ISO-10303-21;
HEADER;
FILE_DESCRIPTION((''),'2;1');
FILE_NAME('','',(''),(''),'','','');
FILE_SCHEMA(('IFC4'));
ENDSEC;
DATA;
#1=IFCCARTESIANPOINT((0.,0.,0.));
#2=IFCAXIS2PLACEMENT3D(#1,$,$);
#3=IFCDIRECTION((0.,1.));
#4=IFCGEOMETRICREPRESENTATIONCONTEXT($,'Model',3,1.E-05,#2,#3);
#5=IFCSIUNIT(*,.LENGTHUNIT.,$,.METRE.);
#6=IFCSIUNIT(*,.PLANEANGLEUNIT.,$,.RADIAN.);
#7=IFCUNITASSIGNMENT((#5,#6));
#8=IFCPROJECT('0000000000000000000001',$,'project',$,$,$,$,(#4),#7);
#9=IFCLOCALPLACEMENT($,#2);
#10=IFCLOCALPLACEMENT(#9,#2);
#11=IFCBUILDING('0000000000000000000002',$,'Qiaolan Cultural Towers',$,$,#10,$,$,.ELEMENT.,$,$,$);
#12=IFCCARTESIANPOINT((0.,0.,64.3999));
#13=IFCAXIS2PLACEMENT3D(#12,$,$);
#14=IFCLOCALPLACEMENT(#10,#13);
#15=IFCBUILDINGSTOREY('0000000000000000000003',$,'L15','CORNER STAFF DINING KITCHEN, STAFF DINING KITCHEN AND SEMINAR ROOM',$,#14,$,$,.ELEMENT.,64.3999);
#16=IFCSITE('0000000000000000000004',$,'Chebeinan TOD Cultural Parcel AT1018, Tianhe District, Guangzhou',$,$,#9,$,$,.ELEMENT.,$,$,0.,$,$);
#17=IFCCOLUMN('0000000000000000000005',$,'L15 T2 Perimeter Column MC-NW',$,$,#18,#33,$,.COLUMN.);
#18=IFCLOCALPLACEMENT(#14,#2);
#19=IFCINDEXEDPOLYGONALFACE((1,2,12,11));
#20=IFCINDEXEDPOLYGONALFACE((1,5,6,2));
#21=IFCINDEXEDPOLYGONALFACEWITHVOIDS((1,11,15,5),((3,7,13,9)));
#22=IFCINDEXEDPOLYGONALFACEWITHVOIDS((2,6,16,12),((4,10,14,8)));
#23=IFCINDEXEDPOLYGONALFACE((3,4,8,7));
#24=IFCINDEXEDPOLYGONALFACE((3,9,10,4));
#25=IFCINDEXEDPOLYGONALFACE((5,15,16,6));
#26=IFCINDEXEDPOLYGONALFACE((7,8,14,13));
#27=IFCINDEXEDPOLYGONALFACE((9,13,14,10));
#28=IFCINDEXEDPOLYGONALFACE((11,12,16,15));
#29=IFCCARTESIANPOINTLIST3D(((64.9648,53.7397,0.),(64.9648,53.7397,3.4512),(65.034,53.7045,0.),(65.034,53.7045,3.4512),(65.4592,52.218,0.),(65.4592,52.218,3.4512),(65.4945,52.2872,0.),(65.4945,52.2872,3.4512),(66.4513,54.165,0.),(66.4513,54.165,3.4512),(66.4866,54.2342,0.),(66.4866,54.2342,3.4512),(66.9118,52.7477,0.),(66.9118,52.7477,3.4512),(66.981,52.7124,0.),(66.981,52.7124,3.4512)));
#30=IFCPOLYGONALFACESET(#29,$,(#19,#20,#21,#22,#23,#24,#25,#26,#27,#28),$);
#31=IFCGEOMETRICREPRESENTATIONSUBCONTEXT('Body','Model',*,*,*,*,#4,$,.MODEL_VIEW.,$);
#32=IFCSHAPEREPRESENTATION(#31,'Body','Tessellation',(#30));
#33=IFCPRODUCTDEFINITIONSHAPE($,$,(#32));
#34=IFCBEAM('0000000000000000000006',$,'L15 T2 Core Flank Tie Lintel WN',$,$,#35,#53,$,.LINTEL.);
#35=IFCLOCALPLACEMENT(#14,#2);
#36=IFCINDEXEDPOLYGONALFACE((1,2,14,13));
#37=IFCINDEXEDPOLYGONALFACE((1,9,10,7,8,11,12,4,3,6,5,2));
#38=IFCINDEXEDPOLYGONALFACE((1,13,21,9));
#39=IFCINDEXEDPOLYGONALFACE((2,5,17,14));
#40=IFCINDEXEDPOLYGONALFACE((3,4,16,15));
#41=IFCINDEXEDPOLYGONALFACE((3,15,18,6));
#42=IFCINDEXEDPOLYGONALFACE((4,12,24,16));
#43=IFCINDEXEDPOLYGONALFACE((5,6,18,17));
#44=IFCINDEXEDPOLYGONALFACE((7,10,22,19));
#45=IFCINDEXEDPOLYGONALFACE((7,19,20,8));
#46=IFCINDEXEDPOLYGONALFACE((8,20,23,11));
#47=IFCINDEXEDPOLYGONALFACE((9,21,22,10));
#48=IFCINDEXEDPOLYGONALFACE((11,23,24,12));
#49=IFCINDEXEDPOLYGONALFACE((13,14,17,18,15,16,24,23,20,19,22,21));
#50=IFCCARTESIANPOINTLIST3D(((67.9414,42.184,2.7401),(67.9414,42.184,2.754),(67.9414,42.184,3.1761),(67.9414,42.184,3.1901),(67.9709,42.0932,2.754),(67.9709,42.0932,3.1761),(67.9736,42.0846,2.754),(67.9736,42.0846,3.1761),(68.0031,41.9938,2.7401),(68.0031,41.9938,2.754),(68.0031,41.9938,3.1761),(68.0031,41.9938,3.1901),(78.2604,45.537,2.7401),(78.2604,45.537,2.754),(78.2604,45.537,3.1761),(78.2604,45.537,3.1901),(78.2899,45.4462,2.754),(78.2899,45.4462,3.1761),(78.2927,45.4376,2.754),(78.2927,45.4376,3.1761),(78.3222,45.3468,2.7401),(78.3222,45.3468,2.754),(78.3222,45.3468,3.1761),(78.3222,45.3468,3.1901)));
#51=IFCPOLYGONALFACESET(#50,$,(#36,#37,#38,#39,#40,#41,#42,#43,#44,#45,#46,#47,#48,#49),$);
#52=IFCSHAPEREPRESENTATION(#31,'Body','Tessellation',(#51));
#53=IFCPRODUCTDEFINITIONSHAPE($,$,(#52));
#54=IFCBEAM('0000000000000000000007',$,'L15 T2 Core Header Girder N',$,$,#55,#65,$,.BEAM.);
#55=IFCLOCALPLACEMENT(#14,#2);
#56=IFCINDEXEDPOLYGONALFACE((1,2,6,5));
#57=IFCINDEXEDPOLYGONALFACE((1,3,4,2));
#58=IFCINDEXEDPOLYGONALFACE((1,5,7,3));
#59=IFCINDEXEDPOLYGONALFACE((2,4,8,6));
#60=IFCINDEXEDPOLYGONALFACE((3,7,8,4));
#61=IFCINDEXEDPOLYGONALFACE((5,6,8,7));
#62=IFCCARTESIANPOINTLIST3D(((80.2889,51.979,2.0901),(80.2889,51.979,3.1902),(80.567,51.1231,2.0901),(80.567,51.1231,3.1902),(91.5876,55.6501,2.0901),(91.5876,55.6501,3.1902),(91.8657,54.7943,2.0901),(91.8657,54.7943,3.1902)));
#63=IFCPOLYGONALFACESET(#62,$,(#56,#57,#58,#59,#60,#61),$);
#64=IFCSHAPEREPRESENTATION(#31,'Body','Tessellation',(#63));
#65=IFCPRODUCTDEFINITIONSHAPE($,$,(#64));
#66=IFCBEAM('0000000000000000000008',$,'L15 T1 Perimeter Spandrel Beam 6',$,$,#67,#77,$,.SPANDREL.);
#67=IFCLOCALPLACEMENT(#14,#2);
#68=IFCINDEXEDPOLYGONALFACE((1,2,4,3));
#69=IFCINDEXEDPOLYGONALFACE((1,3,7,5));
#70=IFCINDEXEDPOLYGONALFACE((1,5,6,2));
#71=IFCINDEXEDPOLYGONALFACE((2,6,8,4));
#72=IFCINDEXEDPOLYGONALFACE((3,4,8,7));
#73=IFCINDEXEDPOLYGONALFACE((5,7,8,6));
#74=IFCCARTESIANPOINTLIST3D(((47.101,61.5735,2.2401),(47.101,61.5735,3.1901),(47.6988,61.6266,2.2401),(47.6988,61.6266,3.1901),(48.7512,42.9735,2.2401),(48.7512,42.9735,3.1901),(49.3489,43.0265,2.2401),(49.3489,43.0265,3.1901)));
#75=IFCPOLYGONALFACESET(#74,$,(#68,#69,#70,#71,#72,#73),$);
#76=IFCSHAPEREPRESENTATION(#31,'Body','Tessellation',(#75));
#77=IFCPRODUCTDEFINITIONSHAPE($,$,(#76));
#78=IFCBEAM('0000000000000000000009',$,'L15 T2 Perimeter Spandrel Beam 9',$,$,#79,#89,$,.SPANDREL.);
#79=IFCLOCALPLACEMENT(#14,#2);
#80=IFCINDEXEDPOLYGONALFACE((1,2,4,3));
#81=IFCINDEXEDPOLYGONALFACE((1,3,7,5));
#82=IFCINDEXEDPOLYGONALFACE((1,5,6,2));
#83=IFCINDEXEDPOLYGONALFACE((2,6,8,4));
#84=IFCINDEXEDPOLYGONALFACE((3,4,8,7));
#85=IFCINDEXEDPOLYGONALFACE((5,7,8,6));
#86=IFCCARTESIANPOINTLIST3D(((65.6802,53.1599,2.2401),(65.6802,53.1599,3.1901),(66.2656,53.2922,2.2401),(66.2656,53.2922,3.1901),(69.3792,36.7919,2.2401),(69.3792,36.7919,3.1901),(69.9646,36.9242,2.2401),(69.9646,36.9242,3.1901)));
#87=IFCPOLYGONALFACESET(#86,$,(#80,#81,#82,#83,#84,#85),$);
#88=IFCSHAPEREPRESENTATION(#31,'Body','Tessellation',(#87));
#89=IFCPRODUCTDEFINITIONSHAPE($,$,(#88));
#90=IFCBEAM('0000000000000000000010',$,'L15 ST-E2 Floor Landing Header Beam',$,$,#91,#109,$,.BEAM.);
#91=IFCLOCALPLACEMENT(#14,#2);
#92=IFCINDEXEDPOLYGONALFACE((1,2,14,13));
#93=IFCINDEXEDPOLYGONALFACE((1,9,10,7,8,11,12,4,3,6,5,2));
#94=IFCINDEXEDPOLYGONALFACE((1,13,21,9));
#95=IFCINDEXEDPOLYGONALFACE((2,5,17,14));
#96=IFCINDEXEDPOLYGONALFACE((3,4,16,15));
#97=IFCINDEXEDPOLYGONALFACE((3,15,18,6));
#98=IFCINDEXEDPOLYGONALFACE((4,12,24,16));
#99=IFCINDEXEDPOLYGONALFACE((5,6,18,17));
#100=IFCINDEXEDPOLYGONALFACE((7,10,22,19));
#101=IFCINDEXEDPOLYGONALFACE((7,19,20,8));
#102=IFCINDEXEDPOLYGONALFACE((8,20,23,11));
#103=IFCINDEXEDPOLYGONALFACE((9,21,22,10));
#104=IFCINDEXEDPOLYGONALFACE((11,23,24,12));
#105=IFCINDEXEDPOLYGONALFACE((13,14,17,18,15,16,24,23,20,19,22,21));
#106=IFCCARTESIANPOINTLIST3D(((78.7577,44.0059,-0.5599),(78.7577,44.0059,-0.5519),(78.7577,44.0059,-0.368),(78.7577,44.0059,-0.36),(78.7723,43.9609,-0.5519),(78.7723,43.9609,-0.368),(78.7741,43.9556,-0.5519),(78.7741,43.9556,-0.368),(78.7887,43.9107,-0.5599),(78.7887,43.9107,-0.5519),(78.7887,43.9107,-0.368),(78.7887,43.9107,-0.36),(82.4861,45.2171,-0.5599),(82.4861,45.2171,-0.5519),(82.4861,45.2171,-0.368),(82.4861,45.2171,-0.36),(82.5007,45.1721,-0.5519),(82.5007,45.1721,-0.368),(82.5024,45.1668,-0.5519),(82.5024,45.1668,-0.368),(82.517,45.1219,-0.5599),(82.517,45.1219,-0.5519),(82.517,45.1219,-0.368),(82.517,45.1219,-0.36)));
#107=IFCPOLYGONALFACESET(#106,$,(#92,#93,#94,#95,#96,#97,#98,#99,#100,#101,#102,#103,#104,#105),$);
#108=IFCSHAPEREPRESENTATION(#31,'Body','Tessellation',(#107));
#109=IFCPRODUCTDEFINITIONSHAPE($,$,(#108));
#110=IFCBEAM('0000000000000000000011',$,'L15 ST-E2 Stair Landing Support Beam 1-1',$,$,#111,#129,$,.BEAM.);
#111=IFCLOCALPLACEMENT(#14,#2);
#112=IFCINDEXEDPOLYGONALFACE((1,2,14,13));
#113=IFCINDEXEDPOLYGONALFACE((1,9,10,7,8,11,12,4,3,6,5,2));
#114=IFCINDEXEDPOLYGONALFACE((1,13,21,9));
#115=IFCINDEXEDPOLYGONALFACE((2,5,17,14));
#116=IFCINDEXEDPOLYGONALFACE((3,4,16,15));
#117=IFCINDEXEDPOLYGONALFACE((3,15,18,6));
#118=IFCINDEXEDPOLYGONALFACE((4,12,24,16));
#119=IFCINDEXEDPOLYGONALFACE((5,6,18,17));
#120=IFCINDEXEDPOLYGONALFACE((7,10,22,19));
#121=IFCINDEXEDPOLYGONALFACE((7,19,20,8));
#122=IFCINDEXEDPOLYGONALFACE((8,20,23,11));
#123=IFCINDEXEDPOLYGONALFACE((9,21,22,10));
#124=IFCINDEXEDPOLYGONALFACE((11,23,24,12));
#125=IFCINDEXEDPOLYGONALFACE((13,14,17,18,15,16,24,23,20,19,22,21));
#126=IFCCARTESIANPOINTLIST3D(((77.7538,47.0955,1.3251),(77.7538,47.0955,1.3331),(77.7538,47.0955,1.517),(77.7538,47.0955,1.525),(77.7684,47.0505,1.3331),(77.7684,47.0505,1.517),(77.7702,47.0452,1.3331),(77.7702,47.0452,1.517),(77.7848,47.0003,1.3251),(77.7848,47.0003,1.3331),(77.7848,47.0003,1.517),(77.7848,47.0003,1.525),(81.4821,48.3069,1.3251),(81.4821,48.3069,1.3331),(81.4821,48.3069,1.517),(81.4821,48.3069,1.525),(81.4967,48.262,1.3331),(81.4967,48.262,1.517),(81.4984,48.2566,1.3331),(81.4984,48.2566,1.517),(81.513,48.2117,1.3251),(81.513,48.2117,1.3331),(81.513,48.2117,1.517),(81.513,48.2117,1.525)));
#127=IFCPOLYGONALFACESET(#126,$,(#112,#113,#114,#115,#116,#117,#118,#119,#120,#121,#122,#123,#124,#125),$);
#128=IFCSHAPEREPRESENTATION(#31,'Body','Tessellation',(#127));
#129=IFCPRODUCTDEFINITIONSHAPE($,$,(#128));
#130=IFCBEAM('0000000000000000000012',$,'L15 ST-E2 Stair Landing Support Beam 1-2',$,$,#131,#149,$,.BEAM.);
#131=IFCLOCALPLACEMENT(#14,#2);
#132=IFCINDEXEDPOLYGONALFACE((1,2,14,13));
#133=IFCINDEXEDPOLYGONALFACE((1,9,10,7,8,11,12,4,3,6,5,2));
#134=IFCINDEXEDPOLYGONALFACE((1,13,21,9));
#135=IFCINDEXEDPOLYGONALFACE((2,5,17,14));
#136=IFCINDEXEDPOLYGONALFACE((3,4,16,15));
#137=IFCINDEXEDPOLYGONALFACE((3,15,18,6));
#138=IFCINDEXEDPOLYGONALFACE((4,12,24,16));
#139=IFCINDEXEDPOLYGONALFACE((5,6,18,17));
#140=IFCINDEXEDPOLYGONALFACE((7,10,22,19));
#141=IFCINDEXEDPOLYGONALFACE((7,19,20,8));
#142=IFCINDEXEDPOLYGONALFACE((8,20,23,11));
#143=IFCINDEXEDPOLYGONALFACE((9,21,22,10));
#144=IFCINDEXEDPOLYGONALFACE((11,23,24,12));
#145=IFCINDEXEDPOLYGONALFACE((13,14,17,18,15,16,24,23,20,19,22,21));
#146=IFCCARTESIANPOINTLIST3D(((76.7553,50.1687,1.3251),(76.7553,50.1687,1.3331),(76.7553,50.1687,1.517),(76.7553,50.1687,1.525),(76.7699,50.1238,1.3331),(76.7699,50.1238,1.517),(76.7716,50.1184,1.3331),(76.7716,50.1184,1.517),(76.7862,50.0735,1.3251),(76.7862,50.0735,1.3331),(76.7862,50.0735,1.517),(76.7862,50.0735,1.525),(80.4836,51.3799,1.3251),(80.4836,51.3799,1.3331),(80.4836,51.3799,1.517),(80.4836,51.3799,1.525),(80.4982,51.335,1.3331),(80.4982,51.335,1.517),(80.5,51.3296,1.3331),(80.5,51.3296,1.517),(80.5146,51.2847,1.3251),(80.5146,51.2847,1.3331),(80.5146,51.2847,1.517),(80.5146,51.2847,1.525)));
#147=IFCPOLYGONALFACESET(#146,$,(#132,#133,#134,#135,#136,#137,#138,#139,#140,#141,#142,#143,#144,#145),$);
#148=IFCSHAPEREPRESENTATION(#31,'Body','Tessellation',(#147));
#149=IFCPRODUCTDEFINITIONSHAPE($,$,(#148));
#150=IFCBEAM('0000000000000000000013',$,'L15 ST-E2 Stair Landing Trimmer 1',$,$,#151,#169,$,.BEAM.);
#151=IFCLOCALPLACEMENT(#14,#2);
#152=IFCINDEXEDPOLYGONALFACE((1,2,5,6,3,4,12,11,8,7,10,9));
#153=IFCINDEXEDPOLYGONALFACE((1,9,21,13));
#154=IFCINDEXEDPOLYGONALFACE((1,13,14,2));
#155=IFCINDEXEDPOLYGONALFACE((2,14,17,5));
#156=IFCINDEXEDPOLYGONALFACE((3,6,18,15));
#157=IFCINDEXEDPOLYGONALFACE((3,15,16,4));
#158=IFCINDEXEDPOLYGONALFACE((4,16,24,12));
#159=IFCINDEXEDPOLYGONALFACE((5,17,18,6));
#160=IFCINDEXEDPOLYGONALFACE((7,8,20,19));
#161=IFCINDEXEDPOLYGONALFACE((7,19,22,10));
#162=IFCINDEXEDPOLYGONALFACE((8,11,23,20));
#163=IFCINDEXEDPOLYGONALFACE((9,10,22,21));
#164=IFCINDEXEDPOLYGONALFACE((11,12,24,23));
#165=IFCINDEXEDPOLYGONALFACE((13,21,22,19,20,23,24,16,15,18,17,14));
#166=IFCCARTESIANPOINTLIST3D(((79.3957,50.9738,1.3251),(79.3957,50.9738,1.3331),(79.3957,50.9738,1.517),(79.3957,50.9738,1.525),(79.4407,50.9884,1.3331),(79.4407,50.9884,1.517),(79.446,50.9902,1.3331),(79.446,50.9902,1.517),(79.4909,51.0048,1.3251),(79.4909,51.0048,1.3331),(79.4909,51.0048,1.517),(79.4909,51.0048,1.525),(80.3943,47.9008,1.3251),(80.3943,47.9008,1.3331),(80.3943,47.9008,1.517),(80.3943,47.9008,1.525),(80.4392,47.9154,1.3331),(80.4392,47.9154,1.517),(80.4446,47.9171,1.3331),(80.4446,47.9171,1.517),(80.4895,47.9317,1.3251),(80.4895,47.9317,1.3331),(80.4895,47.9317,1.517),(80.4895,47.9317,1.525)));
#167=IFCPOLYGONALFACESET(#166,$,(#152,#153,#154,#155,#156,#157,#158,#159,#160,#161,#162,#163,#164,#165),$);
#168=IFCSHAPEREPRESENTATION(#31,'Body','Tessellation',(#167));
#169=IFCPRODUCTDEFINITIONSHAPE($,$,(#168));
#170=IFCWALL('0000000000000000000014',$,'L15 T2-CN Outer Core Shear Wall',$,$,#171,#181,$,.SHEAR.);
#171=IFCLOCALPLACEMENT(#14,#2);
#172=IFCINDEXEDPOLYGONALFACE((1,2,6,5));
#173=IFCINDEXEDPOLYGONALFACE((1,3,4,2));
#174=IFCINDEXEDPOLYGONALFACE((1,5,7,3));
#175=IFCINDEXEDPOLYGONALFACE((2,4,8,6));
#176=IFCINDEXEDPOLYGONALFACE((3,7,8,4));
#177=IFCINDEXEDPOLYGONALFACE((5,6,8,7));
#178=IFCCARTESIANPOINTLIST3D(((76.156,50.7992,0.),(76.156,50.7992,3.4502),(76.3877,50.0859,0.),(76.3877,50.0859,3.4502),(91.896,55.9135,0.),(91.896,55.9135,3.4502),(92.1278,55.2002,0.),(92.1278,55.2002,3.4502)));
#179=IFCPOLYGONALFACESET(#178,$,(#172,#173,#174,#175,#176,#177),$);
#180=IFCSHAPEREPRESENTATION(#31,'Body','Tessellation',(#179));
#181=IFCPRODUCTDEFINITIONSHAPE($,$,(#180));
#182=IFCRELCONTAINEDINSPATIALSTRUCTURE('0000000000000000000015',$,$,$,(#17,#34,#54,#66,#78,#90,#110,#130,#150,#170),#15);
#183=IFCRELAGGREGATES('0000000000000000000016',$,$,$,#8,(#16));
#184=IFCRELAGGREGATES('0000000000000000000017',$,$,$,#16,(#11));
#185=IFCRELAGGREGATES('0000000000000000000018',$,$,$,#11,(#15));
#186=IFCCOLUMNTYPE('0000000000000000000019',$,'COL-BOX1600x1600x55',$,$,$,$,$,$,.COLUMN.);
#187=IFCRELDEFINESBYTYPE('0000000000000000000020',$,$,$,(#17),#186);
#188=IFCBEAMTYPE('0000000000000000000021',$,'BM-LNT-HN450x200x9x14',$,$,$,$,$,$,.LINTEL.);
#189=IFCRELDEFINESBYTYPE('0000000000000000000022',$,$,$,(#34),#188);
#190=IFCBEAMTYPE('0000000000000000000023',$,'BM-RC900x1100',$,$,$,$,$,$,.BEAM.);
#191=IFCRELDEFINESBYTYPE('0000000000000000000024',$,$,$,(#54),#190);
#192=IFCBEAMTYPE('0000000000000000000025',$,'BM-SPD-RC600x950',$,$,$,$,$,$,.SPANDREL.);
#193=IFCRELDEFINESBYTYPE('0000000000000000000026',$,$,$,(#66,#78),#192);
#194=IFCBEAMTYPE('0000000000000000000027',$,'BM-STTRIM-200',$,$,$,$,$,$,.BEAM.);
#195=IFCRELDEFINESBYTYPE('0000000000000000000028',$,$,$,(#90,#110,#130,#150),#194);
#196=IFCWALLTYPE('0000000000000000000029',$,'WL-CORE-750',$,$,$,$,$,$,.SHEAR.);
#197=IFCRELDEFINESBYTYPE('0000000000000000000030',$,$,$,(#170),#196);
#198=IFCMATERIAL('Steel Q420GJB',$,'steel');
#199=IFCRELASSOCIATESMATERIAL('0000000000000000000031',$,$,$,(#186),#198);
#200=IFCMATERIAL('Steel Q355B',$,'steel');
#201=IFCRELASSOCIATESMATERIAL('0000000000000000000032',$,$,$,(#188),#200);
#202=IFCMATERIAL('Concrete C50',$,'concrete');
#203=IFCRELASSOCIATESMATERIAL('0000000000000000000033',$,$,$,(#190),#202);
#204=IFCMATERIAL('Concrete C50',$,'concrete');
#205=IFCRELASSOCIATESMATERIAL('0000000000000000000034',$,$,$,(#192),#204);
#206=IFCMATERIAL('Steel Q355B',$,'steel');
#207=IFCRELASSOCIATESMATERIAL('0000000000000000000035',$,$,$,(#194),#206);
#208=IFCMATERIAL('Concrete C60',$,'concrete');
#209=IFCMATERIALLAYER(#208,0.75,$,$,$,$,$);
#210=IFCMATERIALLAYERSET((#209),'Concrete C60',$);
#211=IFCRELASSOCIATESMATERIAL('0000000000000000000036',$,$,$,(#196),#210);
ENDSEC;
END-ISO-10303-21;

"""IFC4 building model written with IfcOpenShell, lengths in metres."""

from ifc_helpers import new_model, si_unit, direction, frame, frame_2d, origin, origin_2d, place, context, subcontext, project, spatial, rectangle, hollow_rectangle, i_section, extrude, material, layer, layer_set, material_profile, profile_set, type_object, element, save


model = new_model("IFC4")

# Units and contexts
model_context = context("Model", 3, precision=1e-05, world=origin(), true_north=direction((0.0, 1.0)))
body_context = subcontext(model_context, "Body", "Model", "MODEL_VIEW")
ifc_project = project(units=[si_unit("LENGTHUNIT", "METRE"), si_unit("PLANEANGLEUNIT", "RADIAN")], contexts=[model_context])

# Site, building, storey
site_placement = place(None, origin())
site = spatial("IfcSite", under=ifc_project, at=site_placement, Name="Chebeinan TOD Cultural Parcel AT1018, Tianhe District, Guangzhou", CompositionType="ELEMENT", RefElevation=0.0)
building_placement = place(site_placement, origin())
building = spatial("IfcBuilding", under=site, at=building_placement, Name="Qiaolan Cultural Towers", CompositionType="ELEMENT")
storey_placement = place(building_placement, frame((0.0, 0.0, 64.3999)))
storey = spatial("IfcBuildingStorey", under=building, at=storey_placement, Name="L15", Description="CORNER STAFF DINING KITCHEN, STAFF DINING KITCHEN AND SEMINAR ROOM", CompositionType="ELEMENT", Elevation=64.3999)

# Column
ifc_material_1 = material(Name="Steel Q420GJB", Category="steel")
ifc_material_profile_1 = material_profile(ifc_material_1, hollow_rectangle(XDim=1.6001, YDim=1.6001, WallThickness=0.0549, at=origin_2d()), Name="BOX1600x1600x55")
ifc_profile_set_1 = profile_set([ifc_material_profile_1], Name="Steel Q420GJB")
column_type = type_object("IfcColumnType", Name="COL-BOX1600x1600x55", PredefinedType="COLUMN", material=ifc_profile_set_1)
column_placement = place(storey_placement, frame((65.9729, 53.2261, 0.0), z_axis=(0.0, 0.0, 1.0), x_axis=(0.951057, 0.309017, 0.0)))
element("IfcColumn", 1, at=column_placement, inside=storey, type_object=column_type, Name="L15 T2 Perimeter Column MC-NW", PredefinedType="COLUMN", context=body_context, shape_type="SweptSolid", body=[
    extrude(hollow_rectangle(XDim=1.6001, YDim=1.6001, WallThickness=0.0549, at=origin_2d()), origin(), (0.0, 0.0, 1.0), 3.4512),
])

# Beams
ifc_material_2 = material(Name="Steel Q355B", Category="steel")
ifc_material_profile_2 = material_profile(ifc_material_2, i_section(OverallWidth=0.2, OverallDepth=0.45, WebThickness=0.009, FlangeThickness=0.0139, at=origin_2d()), Name="HN450x200x9x14")
ifc_profile_set_2 = profile_set([ifc_material_profile_2], Name="Steel Q355B")
beam_type_1 = type_object("IfcBeamType", Name="BM-LNT-HN450x200x9x14", PredefinedType="LINTEL", material=ifc_profile_set_2)
beam_1_placement = place(storey_placement, frame((78.2913, 45.4419, 2.9651), z_axis=(-0.951052, -0.30903, 0.0), x_axis=(0.30903, -0.951052, 0.0)))
element("IfcBeam", 2, at=beam_1_placement, inside=storey, type_object=beam_type_1, Name="L15 T2 Core Flank Tie Lintel WN", PredefinedType="LINTEL", context=body_context, shape_type="SweptSolid", body=[
    extrude(i_section(OverallWidth=0.2, OverallDepth=0.45, WebThickness=0.009, FlangeThickness=0.0139, at=origin_2d()), origin(), (0.0, 0.0, 1.0), 10.8501),
])
ifc_material_3 = material(Name="Concrete C50", Category="concrete")
ifc_material_profile_3 = material_profile(ifc_material_3, rectangle(XDim=0.8999, YDim=1.1001, at=origin_2d()), Name="RC900x1100")
ifc_profile_set_3 = profile_set([ifc_material_profile_3], Name="Concrete C50")
beam_type_2 = type_object("IfcBeamType", Name="BM-RC900x1100", PredefinedType="BEAM", material=ifc_profile_set_3)
beam_2_placement = place(storey_placement, frame((80.428, 51.551, 2.6401), z_axis=(0.951056, 0.309018, 0.0), x_axis=(-0.309018, 0.951056, 0.0)))
element("IfcBeam", 3, at=beam_2_placement, inside=storey, type_object=beam_type_2, Name="L15 T2 Core Header Girder N", PredefinedType="BEAM", context=body_context, shape_type="SweptSolid", body=[
    extrude(rectangle(XDim=0.8999, YDim=1.1001, at=origin_2d()), origin(), (0.0, 0.0, 1.0), 11.8801),
])
ifc_material_4 = material(Name="Concrete C50", Category="concrete")
ifc_material_profile_4 = material_profile(ifc_material_4, rectangle(XDim=0.6001, YDim=0.95, at=origin_2d()), Name="RC600x950")
ifc_profile_set_4 = profile_set([ifc_material_profile_4], Name="Concrete C50")
beam_type_3 = type_object("IfcBeamType", Name="BM-SPD-RC600x950", PredefinedType="SPANDREL", material=ifc_profile_set_4)
beam_3_placement = place(storey_placement, frame((49.05, 43.0, 2.7151), z_axis=(-0.08837, 0.996088, 0.0), x_axis=(-0.996088, -0.08837, 0.0)))
element("IfcBeam", 4, at=beam_3_placement, inside=storey, type_object=beam_type_3, Name="L15 T1 Perimeter Spandrel Beam 6", PredefinedType="SPANDREL", context=body_context, shape_type="SweptSolid", body=[
    extrude(rectangle(XDim=0.6001, YDim=0.95, at=origin_2d()), origin(), (0.0, 0.0, 1.0), 18.6731),
])
beam_4_placement = place(storey_placement, frame((65.9729, 53.2261, 2.7151), z_axis=(0.220431, -0.975403, 0.0), x_axis=(0.975403, 0.220431, 0.0)))
element("IfcBeam", 5, at=beam_4_placement, inside=storey, type_object=beam_type_3, Name="L15 T2 Perimeter Spandrel Beam 9", PredefinedType="SPANDREL", context=body_context, shape_type="SweptSolid", body=[
    extrude(rectangle(XDim=0.6001, YDim=0.95, at=origin_2d()), origin(), (0.0, 0.0, 1.0), 16.7808),
])
ifc_material_5 = material(Name="Steel Q355B", Category="steel")
ifc_material_profile_5 = material_profile(ifc_material_5, i_section(OverallWidth=0.1001, OverallDepth=0.2, WebThickness=0.0056, FlangeThickness=0.0081, at=origin_2d()), Name="HN200x100x5.5x8")
ifc_profile_set_5 = profile_set([ifc_material_profile_5], Name="Steel Q355B")
beam_type_4 = type_object("IfcBeamType", Name="BM-STTRIM-200", PredefinedType="BEAM", material=ifc_profile_set_5)
for number, where, z_axis, x_axis, name in (
    (6, (78.7732, 43.9583, -0.46), (0.951072, 0.308969, 0.0), (-0.308969, 0.951072, 0.0), "L15 ST-E2 Floor Landing Header Beam"),
    (7, (77.7693, 47.0479, 1.425), (0.951054, 0.309026, 0.0), (-0.309026, 0.951054, 0.0), "L15 ST-E2 Stair Landing Support Beam 1-1"),
    (8, (76.7708, 50.1211, 1.425), (0.951072, 0.308969, 0.0), (-0.308969, 0.951072, 0.0), "L15 ST-E2 Stair Landing Support Beam 1-2"),
):
    element("IfcBeam", number, at=place(storey_placement, frame(where, z_axis=z_axis, x_axis=x_axis)), inside=storey, type_object=beam_type_4, Name=name, PredefinedType="BEAM", context=body_context, shape_type="SweptSolid", body=[
        extrude(i_section(OverallWidth=0.1001, OverallDepth=0.2, WebThickness=0.0056, FlangeThickness=0.0081, at=origin_2d()), origin(), (0.0, 0.0, 1.0), 3.9202),
    ])
beam_5_placement = place(storey_placement, frame((80.4419, 47.9163, 1.425), z_axis=(-0.309033, 0.951051, 0.0), x_axis=(-0.951051, -0.309033, 0.0)))
element("IfcBeam", 9, at=beam_5_placement, inside=storey, type_object=beam_type_4, Name="L15 ST-E2 Stair Landing Trimmer 1", PredefinedType="BEAM", context=body_context, shape_type="SweptSolid", body=[
    extrude(i_section(OverallWidth=0.1001, OverallDepth=0.2, WebThickness=0.0056, FlangeThickness=0.0081, at=origin_2d()), origin(), (0.0, 0.0, 1.0), 3.2312),
])

# Wall
ifc_material_6 = material(Name="Concrete C60", Category="concrete")
ifc_layer_1 = layer(ifc_material_6, 0.75)
ifc_layer_set_1 = layer_set([ifc_layer_1], Name="Concrete C60")
wall_type_1 = type_object("IfcWallType", Name="WL-CORE-750", PredefinedType="SHEAR", material=ifc_layer_set_1)
wall_1_placement = place(storey_placement, frame((76.272, 50.4426, 0.0), z_axis=(0.0, 0.0, 1.0), x_axis=(0.951056, 0.309018, 0.0)))
element("IfcWall", 10, at=wall_1_placement, inside=storey, type_object=wall_type_1, Name="L15 T2-CN Outer Core Shear Wall", PredefinedType="SHEAR", context=body_context, shape_type="SweptSolid", body=[
    extrude(rectangle(XDim=16.55, YDim=0.75, at=frame_2d((8.2749, 0.0))), origin(), (0.0, 0.0, 1.0), 3.4502),
])

save(model, "model.ifc")
